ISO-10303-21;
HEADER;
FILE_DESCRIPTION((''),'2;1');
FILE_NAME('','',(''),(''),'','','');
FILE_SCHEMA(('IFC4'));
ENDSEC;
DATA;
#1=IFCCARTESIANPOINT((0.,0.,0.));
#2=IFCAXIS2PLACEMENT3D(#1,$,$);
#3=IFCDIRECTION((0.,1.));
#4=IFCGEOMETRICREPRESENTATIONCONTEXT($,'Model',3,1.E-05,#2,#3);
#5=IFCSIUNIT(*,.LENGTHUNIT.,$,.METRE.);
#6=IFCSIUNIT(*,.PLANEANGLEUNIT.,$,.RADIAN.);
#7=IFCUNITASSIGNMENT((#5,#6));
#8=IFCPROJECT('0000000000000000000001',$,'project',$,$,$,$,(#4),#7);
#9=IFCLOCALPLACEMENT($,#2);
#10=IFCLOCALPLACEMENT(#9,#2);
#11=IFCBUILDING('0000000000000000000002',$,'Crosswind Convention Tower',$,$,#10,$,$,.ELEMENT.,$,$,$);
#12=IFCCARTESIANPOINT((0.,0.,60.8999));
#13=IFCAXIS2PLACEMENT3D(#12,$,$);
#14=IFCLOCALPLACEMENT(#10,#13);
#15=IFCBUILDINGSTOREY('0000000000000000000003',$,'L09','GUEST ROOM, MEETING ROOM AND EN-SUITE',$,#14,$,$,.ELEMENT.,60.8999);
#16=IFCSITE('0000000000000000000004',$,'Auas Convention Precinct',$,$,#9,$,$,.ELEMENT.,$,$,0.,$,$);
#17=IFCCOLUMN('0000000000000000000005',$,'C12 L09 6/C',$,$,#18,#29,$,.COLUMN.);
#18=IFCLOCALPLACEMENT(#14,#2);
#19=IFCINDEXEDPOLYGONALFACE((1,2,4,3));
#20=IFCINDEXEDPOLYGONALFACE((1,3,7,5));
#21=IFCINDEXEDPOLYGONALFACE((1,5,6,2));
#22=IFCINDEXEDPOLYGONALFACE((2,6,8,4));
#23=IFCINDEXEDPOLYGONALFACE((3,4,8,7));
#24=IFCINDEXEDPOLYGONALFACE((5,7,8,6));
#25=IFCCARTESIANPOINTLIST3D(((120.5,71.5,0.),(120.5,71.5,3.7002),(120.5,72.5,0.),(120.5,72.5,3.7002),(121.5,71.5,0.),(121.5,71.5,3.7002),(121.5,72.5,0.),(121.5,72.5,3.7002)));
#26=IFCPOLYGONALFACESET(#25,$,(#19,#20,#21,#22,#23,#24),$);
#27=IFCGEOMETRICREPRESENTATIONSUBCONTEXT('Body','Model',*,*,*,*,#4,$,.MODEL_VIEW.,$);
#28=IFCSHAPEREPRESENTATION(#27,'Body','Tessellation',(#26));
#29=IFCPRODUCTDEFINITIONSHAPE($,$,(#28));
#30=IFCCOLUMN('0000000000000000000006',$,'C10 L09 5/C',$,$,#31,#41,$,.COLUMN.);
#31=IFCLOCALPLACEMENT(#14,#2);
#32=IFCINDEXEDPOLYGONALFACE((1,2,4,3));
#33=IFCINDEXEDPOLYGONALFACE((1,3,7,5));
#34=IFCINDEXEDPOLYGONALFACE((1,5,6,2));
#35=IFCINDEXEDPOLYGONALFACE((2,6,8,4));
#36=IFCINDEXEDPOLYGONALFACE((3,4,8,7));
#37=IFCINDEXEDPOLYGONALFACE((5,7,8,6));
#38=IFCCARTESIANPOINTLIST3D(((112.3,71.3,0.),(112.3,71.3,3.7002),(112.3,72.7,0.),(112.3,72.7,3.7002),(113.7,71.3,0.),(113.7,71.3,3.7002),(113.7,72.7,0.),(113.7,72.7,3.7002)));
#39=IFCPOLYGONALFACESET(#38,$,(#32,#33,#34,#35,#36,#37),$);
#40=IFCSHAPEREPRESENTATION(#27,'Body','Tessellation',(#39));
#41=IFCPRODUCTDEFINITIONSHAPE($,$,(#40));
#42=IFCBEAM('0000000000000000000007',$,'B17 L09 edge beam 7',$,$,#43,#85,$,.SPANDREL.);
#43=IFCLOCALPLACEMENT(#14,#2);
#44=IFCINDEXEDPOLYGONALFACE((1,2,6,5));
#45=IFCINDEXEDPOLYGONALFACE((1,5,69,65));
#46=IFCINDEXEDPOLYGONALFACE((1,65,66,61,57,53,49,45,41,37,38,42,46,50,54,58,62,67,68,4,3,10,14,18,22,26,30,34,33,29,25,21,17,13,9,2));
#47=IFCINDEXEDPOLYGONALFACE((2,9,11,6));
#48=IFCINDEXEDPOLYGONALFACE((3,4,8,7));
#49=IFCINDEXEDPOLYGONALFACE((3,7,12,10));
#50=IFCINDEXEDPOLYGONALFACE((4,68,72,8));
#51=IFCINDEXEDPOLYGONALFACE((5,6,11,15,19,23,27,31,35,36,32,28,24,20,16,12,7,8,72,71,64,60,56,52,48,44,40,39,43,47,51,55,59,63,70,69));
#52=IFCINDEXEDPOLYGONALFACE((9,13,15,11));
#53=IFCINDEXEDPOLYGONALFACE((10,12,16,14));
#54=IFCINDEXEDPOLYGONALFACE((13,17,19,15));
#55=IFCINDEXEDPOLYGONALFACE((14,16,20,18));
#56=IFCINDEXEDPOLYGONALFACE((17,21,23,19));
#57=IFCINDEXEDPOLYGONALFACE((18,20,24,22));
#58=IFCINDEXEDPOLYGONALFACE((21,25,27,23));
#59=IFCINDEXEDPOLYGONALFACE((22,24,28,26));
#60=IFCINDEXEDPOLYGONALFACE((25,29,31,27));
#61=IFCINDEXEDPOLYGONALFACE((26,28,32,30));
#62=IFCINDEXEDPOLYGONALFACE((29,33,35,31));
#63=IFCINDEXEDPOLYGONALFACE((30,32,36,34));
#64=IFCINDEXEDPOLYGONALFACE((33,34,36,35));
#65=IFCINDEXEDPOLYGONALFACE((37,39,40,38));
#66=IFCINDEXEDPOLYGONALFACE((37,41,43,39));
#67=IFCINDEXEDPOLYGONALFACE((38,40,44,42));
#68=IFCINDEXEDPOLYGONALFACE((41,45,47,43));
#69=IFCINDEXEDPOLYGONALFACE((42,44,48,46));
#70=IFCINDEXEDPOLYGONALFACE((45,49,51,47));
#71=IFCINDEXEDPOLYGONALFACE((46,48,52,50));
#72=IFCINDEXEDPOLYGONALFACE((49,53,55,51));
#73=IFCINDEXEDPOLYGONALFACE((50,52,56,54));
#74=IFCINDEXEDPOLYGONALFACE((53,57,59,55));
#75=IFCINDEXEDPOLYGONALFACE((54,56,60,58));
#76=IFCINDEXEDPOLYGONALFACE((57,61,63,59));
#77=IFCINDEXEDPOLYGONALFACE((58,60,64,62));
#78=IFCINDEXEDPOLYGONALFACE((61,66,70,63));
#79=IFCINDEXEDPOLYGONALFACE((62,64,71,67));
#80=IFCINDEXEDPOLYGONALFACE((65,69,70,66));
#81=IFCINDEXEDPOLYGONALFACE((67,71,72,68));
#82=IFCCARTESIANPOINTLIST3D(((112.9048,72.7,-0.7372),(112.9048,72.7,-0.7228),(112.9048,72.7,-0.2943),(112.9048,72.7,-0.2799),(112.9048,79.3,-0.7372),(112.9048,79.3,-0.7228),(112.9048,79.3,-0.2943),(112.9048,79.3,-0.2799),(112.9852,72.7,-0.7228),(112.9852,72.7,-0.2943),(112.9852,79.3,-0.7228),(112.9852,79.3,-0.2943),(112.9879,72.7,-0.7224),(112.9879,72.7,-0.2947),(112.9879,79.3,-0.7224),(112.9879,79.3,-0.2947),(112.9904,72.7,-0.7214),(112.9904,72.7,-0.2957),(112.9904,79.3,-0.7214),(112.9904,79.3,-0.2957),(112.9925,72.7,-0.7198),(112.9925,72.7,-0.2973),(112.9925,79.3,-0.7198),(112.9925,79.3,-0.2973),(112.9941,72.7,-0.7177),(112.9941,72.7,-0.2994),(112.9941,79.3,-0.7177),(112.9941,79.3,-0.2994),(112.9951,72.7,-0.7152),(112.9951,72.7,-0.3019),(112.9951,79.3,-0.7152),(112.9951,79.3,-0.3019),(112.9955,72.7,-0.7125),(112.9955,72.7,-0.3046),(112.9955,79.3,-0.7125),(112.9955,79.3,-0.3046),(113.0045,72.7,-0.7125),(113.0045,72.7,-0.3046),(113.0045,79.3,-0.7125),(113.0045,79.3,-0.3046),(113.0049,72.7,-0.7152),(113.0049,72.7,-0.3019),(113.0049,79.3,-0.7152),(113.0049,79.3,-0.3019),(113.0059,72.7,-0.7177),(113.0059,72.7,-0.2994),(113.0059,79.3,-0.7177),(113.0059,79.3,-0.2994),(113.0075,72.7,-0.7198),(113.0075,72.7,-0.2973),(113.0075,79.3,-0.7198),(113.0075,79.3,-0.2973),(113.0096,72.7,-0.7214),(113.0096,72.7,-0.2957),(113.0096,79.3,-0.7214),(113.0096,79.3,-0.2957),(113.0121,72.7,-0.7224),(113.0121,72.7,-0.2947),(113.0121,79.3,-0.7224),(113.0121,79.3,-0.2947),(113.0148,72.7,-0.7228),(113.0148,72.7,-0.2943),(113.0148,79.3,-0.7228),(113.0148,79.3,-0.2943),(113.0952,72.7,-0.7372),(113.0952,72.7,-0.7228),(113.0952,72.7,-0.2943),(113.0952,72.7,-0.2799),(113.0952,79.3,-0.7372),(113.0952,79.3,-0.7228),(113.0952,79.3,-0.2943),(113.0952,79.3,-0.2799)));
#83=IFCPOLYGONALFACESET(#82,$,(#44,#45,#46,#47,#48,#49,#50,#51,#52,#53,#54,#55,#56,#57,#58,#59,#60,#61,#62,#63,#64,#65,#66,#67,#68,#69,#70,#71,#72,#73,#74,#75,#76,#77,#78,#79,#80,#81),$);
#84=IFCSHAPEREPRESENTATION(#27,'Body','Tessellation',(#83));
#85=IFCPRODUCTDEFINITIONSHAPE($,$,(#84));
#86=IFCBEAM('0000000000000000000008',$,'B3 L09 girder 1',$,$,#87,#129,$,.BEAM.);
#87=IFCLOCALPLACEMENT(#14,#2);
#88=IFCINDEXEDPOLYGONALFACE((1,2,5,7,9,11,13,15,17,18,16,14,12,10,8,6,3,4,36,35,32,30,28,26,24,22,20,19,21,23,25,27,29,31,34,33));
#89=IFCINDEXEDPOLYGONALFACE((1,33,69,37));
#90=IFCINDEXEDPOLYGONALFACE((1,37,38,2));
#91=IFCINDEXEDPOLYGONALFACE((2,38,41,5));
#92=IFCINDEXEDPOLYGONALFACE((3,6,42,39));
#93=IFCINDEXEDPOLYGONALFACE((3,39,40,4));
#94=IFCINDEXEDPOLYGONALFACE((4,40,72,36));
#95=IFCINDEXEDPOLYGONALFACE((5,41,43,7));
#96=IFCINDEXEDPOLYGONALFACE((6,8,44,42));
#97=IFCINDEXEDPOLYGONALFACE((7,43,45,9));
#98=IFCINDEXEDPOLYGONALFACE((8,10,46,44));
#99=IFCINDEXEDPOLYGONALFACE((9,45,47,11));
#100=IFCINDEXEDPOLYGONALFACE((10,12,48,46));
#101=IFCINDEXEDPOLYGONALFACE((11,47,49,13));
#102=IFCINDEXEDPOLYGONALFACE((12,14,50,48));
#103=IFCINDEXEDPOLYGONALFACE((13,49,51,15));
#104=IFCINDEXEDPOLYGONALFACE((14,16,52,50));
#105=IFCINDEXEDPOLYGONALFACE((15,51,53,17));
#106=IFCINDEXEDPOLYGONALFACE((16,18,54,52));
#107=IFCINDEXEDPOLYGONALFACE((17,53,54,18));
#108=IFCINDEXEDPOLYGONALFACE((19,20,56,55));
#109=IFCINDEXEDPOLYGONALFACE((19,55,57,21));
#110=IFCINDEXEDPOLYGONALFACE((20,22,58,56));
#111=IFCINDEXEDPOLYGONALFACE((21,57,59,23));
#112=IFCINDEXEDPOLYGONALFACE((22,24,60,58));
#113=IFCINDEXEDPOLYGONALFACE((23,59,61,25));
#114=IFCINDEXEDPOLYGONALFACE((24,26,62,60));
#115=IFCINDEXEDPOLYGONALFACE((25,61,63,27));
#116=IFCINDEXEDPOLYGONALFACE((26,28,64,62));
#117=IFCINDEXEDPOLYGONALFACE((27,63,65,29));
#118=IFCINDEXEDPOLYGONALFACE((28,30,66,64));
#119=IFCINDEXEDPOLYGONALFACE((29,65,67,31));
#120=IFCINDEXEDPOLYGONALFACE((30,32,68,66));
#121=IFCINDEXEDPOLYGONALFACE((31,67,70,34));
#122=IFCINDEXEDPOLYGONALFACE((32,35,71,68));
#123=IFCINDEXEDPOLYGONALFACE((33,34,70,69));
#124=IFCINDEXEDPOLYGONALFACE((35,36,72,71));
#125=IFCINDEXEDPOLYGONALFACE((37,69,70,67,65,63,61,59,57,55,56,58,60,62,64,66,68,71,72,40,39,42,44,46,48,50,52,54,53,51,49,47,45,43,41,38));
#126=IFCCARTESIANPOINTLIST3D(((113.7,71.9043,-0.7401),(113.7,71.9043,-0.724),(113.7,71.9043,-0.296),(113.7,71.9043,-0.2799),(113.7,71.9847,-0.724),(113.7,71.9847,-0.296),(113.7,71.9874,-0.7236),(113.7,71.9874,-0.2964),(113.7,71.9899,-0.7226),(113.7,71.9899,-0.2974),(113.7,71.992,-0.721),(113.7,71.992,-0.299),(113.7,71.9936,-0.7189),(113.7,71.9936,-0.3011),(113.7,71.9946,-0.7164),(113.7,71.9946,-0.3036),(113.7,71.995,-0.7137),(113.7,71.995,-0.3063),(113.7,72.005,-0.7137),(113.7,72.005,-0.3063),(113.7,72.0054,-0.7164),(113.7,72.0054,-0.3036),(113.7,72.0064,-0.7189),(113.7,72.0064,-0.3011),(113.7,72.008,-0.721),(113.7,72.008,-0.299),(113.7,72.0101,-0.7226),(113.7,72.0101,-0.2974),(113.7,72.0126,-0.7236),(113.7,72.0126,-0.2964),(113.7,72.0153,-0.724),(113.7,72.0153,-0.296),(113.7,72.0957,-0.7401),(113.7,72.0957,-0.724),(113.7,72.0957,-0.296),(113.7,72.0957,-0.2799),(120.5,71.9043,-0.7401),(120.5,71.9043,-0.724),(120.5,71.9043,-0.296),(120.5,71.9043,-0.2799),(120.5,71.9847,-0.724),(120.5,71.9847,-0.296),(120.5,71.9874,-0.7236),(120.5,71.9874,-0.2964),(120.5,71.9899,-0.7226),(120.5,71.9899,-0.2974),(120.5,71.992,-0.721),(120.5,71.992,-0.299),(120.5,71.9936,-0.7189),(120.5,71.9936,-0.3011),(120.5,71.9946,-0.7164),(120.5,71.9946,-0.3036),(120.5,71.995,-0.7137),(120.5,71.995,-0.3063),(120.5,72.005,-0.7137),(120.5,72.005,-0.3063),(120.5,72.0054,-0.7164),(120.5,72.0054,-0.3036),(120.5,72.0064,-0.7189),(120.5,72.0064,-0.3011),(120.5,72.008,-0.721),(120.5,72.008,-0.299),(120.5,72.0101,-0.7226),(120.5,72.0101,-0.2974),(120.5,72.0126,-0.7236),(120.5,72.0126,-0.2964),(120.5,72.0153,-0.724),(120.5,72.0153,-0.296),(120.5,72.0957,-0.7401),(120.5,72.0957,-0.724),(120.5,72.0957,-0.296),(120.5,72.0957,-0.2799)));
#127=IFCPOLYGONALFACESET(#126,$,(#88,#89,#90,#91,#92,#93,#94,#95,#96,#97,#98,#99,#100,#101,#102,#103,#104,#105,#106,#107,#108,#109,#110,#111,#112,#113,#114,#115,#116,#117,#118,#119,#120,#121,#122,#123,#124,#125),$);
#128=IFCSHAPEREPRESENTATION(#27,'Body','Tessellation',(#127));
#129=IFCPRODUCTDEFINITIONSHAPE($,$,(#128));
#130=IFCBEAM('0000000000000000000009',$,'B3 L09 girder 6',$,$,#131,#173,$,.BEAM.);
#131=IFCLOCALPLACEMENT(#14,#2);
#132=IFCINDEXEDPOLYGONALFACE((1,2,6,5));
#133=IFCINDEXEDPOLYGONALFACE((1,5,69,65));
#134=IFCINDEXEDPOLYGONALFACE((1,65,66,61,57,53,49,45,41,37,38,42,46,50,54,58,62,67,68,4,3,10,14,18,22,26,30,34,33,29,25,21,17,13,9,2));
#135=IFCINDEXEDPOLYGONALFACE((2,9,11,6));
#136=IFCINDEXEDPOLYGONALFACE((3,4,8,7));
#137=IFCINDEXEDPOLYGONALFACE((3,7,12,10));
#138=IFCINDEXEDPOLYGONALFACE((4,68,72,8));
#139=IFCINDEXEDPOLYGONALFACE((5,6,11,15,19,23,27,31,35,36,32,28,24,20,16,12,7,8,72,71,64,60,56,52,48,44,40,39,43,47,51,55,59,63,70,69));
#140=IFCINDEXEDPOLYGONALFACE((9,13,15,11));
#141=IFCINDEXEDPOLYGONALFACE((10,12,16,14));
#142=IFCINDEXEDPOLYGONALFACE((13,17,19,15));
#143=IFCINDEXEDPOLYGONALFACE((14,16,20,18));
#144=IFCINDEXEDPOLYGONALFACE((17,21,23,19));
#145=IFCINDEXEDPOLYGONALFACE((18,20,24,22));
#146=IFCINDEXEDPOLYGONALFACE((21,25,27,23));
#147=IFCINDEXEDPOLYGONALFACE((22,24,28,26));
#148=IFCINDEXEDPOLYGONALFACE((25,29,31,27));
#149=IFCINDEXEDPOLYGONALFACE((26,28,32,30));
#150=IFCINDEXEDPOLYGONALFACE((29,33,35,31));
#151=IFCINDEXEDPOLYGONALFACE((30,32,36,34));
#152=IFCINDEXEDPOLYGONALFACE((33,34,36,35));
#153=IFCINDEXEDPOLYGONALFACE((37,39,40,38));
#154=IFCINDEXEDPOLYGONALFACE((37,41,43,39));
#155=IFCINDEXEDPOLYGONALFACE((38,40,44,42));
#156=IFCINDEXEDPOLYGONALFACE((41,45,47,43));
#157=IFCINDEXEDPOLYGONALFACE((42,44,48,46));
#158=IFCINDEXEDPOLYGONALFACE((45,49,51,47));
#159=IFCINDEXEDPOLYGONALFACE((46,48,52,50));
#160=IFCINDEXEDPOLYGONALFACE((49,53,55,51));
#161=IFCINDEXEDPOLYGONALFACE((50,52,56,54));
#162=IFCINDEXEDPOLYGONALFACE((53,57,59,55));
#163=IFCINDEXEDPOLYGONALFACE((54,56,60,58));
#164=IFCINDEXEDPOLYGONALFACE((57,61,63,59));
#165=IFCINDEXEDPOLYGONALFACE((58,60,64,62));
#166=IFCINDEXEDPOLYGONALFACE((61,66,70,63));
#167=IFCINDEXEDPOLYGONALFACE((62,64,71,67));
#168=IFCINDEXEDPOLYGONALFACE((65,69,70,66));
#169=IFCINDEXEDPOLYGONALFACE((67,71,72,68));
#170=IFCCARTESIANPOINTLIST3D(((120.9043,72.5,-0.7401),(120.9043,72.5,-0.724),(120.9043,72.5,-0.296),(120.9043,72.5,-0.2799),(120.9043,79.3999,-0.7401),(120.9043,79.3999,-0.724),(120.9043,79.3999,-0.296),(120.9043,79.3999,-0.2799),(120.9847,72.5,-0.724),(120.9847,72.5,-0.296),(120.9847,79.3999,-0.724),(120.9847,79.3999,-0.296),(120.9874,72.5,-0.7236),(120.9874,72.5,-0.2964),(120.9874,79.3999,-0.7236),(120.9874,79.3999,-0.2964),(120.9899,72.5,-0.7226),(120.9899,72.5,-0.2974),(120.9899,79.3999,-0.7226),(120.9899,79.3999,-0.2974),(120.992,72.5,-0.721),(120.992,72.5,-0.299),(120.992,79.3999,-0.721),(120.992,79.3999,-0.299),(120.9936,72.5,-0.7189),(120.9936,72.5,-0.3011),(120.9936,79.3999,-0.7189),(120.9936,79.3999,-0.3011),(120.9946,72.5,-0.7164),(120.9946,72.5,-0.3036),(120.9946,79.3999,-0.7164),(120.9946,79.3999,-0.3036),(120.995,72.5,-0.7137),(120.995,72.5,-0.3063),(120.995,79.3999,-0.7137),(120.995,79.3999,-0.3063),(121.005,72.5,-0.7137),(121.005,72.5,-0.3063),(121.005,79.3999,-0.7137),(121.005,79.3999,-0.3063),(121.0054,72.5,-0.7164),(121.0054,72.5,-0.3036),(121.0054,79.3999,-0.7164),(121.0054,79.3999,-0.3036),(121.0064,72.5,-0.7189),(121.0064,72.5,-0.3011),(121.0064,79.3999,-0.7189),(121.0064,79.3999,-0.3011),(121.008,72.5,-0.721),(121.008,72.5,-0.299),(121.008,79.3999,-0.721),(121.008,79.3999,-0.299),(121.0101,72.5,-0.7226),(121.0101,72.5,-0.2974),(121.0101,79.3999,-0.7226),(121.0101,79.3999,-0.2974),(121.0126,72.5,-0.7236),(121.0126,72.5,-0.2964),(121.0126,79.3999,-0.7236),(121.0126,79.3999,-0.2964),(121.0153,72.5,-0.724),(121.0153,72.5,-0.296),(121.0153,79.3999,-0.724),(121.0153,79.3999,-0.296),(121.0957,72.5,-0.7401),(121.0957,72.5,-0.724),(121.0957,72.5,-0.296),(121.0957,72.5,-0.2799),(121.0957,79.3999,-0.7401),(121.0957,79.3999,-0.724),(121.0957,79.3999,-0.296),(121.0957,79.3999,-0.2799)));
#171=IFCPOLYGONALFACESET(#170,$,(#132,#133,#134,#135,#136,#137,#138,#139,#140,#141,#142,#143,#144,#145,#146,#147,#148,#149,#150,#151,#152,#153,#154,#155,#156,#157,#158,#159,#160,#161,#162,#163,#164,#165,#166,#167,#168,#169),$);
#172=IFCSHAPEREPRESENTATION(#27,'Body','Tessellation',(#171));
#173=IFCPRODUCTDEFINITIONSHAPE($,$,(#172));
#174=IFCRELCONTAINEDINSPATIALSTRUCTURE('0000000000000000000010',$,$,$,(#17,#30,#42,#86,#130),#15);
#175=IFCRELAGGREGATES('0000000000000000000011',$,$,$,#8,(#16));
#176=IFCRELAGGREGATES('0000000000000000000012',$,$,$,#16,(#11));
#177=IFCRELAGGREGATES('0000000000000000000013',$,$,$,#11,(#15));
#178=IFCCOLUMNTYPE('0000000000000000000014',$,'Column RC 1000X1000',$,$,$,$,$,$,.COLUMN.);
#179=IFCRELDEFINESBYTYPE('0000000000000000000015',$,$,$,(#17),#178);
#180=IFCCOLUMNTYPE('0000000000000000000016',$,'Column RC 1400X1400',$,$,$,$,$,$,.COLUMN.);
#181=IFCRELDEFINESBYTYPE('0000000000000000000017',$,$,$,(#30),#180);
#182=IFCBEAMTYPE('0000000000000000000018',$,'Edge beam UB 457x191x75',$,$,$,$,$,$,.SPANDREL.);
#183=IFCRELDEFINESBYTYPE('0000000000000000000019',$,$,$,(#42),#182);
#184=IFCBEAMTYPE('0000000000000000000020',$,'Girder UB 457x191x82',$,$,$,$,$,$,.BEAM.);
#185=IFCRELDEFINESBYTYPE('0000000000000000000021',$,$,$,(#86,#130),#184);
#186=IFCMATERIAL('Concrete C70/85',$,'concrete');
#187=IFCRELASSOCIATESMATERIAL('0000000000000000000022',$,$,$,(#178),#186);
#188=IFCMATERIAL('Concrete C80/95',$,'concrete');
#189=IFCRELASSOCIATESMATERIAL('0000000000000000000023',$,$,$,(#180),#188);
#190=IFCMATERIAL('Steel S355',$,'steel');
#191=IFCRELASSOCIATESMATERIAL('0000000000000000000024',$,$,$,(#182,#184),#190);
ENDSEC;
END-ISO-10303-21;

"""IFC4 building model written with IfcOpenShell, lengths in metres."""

from ifc_helpers import new_model, si_unit, direction, frame, origin, origin_2d, place, context, subcontext, project, spatial, rectangle, i_section, extrude, material, material_profile, profile_set, type_object, element, save


model = new_model("IFC4")

# Units and contexts
model_context = context("Model", 3, precision=1e-05, world=origin(), true_north=direction((0.0, 1.0)))
body_context = subcontext(model_context, "Body", "Model", "MODEL_VIEW")
ifc_project = project(units=[si_unit("LENGTHUNIT", "METRE"), si_unit("PLANEANGLEUNIT", "RADIAN")], contexts=[model_context])

# Site, building, storey
site_placement = place(None, origin())
site = spatial("IfcSite", under=ifc_project, at=site_placement, Name="Auas Convention Precinct", CompositionType="ELEMENT", RefElevation=0.0)
building_placement = place(site_placement, origin())
building = spatial("IfcBuilding", under=site, at=building_placement, Name="Crosswind Convention Tower", CompositionType="ELEMENT")
storey_placement = place(building_placement, frame((0.0, 0.0, 60.8999)))
storey = spatial("IfcBuildingStorey", under=building, at=storey_placement, Name="L09", Description="GUEST ROOM, MEETING ROOM AND EN-SUITE", CompositionType="ELEMENT", Elevation=60.8999)

# Columns
ifc_material_1 = material(Name="Concrete C70/85", Category="concrete")
ifc_material_profile_1 = material_profile(ifc_material_1, rectangle(XDim=1.0, YDim=1.0, at=origin_2d()), Name="RC 1000X1000")
ifc_profile_set_1 = profile_set([ifc_material_profile_1], Name="Concrete C70/85")
column_type_1 = type_object("IfcColumnType", Name="Column RC 1000X1000", PredefinedType="COLUMN", material=ifc_profile_set_1)
column_1_placement = place(storey_placement, frame((121.0, 72.0, 0.0), z_axis=(0.0, 0.0, 1.0), x_axis=(1.0, 0.0, 0.0)))
element("IfcColumn", 1, at=column_1_placement, inside=storey, type_object=column_type_1, Name="C12 L09 6/C", PredefinedType="COLUMN", context=body_context, shape_type="SweptSolid", body=[
    extrude(rectangle(XDim=1.0, YDim=1.0, at=origin_2d()), origin(), (0.0, 0.0, 1.0), 3.7002),
])
ifc_material_2 = material(Name="Concrete C80/95", Category="concrete")
ifc_material_profile_2 = material_profile(ifc_material_2, rectangle(XDim=1.3999, YDim=1.3999, at=origin_2d()), Name="RC 1400X1400")
ifc_profile_set_2 = profile_set([ifc_material_profile_2], Name="Concrete C80/95")
column_type_2 = type_object("IfcColumnType", Name="Column RC 1400X1400", PredefinedType="COLUMN", material=ifc_profile_set_2)
column_2_placement = place(storey_placement, frame((113.0, 72.0, 0.0), z_axis=(0.0, 0.0, 1.0), x_axis=(1.0, 0.0, 0.0)))
element("IfcColumn", 2, at=column_2_placement, inside=storey, type_object=column_type_2, Name="C10 L09 5/C", PredefinedType="COLUMN", context=body_context, shape_type="SweptSolid", body=[
    extrude(rectangle(XDim=1.3999, YDim=1.3999, at=origin_2d()), origin(), (0.0, 0.0, 1.0), 3.7002),
])

# Beams
ifc_material_3 = material(Name="Steel S355", Category="steel")
ifc_material_profile_3 = material_profile(ifc_material_3, i_section(OverallWidth=0.1904, OverallDepth=0.4573, WebThickness=0.009, FlangeThickness=0.0144, FilletRadius=0.0103, at=origin_2d()), Name="UB 457x191x75")
ifc_profile_set_3 = profile_set([ifc_material_profile_3], Name="Steel S355")
beam_type_1 = type_object("IfcBeamType", Name="Edge beam UB 457x191x75", PredefinedType="SPANDREL", material=ifc_profile_set_3)
beam_1_placement = place(storey_placement, frame((113.0, 72.7, -0.5085), z_axis=(0.0, 1.0, 0.0), x_axis=(-1.0, 0.0, 0.0)))
element("IfcBeam", 3, at=beam_1_placement, inside=storey, type_object=beam_type_1, Name="B17 L09 edge beam 7", PredefinedType="SPANDREL", context=body_context, shape_type="SweptSolid", body=[
    extrude(i_section(OverallWidth=0.1904, OverallDepth=0.4573, WebThickness=0.009, FlangeThickness=0.0144, FilletRadius=0.0103, at=origin_2d()), origin(), (0.0, 0.0, 1.0), 6.6001),
])
ifc_material_profile_4 = material_profile(ifc_material_3, i_section(OverallWidth=0.1914, OverallDepth=0.4602, WebThickness=0.01, FlangeThickness=0.0161, FilletRadius=0.0103, at=origin_2d()), Name="UB 457x191x82")
ifc_profile_set_4 = profile_set([ifc_material_profile_4], Name="Steel S355")
beam_type_2 = type_object("IfcBeamType", Name="Girder UB 457x191x82", PredefinedType="BEAM", material=ifc_profile_set_4)
beam_2_placement = place(storey_placement, frame((113.7, 72.0, -0.51), z_axis=(1.0, 0.0, 0.0), x_axis=(0.0, 1.0, 0.0)))
element("IfcBeam", 4, at=beam_2_placement, inside=storey, type_object=beam_type_2, Name="B3 L09 girder 1", PredefinedType="BEAM", context=body_context, shape_type="SweptSolid", body=[
    extrude(i_section(OverallWidth=0.1914, OverallDepth=0.4602, WebThickness=0.01, FlangeThickness=0.0161, FilletRadius=0.0103, at=origin_2d()), origin(), (0.0, 0.0, 1.0), 6.8),
])
beam_3_placement = place(storey_placement, frame((121.0, 72.5, -0.51), z_axis=(0.0, 1.0, 0.0), x_axis=(-1.0, 0.0, 0.0)))
element("IfcBeam", 5, at=beam_3_placement, inside=storey, type_object=beam_type_2, Name="B3 L09 girder 6", PredefinedType="BEAM", context=body_context, shape_type="SweptSolid", body=[
    extrude(i_section(OverallWidth=0.1914, OverallDepth=0.4602, WebThickness=0.01, FlangeThickness=0.0161, FilletRadius=0.0103, at=origin_2d()), origin(), (0.0, 0.0, 1.0), 6.8999),
])

save(model, "model.ifc")
